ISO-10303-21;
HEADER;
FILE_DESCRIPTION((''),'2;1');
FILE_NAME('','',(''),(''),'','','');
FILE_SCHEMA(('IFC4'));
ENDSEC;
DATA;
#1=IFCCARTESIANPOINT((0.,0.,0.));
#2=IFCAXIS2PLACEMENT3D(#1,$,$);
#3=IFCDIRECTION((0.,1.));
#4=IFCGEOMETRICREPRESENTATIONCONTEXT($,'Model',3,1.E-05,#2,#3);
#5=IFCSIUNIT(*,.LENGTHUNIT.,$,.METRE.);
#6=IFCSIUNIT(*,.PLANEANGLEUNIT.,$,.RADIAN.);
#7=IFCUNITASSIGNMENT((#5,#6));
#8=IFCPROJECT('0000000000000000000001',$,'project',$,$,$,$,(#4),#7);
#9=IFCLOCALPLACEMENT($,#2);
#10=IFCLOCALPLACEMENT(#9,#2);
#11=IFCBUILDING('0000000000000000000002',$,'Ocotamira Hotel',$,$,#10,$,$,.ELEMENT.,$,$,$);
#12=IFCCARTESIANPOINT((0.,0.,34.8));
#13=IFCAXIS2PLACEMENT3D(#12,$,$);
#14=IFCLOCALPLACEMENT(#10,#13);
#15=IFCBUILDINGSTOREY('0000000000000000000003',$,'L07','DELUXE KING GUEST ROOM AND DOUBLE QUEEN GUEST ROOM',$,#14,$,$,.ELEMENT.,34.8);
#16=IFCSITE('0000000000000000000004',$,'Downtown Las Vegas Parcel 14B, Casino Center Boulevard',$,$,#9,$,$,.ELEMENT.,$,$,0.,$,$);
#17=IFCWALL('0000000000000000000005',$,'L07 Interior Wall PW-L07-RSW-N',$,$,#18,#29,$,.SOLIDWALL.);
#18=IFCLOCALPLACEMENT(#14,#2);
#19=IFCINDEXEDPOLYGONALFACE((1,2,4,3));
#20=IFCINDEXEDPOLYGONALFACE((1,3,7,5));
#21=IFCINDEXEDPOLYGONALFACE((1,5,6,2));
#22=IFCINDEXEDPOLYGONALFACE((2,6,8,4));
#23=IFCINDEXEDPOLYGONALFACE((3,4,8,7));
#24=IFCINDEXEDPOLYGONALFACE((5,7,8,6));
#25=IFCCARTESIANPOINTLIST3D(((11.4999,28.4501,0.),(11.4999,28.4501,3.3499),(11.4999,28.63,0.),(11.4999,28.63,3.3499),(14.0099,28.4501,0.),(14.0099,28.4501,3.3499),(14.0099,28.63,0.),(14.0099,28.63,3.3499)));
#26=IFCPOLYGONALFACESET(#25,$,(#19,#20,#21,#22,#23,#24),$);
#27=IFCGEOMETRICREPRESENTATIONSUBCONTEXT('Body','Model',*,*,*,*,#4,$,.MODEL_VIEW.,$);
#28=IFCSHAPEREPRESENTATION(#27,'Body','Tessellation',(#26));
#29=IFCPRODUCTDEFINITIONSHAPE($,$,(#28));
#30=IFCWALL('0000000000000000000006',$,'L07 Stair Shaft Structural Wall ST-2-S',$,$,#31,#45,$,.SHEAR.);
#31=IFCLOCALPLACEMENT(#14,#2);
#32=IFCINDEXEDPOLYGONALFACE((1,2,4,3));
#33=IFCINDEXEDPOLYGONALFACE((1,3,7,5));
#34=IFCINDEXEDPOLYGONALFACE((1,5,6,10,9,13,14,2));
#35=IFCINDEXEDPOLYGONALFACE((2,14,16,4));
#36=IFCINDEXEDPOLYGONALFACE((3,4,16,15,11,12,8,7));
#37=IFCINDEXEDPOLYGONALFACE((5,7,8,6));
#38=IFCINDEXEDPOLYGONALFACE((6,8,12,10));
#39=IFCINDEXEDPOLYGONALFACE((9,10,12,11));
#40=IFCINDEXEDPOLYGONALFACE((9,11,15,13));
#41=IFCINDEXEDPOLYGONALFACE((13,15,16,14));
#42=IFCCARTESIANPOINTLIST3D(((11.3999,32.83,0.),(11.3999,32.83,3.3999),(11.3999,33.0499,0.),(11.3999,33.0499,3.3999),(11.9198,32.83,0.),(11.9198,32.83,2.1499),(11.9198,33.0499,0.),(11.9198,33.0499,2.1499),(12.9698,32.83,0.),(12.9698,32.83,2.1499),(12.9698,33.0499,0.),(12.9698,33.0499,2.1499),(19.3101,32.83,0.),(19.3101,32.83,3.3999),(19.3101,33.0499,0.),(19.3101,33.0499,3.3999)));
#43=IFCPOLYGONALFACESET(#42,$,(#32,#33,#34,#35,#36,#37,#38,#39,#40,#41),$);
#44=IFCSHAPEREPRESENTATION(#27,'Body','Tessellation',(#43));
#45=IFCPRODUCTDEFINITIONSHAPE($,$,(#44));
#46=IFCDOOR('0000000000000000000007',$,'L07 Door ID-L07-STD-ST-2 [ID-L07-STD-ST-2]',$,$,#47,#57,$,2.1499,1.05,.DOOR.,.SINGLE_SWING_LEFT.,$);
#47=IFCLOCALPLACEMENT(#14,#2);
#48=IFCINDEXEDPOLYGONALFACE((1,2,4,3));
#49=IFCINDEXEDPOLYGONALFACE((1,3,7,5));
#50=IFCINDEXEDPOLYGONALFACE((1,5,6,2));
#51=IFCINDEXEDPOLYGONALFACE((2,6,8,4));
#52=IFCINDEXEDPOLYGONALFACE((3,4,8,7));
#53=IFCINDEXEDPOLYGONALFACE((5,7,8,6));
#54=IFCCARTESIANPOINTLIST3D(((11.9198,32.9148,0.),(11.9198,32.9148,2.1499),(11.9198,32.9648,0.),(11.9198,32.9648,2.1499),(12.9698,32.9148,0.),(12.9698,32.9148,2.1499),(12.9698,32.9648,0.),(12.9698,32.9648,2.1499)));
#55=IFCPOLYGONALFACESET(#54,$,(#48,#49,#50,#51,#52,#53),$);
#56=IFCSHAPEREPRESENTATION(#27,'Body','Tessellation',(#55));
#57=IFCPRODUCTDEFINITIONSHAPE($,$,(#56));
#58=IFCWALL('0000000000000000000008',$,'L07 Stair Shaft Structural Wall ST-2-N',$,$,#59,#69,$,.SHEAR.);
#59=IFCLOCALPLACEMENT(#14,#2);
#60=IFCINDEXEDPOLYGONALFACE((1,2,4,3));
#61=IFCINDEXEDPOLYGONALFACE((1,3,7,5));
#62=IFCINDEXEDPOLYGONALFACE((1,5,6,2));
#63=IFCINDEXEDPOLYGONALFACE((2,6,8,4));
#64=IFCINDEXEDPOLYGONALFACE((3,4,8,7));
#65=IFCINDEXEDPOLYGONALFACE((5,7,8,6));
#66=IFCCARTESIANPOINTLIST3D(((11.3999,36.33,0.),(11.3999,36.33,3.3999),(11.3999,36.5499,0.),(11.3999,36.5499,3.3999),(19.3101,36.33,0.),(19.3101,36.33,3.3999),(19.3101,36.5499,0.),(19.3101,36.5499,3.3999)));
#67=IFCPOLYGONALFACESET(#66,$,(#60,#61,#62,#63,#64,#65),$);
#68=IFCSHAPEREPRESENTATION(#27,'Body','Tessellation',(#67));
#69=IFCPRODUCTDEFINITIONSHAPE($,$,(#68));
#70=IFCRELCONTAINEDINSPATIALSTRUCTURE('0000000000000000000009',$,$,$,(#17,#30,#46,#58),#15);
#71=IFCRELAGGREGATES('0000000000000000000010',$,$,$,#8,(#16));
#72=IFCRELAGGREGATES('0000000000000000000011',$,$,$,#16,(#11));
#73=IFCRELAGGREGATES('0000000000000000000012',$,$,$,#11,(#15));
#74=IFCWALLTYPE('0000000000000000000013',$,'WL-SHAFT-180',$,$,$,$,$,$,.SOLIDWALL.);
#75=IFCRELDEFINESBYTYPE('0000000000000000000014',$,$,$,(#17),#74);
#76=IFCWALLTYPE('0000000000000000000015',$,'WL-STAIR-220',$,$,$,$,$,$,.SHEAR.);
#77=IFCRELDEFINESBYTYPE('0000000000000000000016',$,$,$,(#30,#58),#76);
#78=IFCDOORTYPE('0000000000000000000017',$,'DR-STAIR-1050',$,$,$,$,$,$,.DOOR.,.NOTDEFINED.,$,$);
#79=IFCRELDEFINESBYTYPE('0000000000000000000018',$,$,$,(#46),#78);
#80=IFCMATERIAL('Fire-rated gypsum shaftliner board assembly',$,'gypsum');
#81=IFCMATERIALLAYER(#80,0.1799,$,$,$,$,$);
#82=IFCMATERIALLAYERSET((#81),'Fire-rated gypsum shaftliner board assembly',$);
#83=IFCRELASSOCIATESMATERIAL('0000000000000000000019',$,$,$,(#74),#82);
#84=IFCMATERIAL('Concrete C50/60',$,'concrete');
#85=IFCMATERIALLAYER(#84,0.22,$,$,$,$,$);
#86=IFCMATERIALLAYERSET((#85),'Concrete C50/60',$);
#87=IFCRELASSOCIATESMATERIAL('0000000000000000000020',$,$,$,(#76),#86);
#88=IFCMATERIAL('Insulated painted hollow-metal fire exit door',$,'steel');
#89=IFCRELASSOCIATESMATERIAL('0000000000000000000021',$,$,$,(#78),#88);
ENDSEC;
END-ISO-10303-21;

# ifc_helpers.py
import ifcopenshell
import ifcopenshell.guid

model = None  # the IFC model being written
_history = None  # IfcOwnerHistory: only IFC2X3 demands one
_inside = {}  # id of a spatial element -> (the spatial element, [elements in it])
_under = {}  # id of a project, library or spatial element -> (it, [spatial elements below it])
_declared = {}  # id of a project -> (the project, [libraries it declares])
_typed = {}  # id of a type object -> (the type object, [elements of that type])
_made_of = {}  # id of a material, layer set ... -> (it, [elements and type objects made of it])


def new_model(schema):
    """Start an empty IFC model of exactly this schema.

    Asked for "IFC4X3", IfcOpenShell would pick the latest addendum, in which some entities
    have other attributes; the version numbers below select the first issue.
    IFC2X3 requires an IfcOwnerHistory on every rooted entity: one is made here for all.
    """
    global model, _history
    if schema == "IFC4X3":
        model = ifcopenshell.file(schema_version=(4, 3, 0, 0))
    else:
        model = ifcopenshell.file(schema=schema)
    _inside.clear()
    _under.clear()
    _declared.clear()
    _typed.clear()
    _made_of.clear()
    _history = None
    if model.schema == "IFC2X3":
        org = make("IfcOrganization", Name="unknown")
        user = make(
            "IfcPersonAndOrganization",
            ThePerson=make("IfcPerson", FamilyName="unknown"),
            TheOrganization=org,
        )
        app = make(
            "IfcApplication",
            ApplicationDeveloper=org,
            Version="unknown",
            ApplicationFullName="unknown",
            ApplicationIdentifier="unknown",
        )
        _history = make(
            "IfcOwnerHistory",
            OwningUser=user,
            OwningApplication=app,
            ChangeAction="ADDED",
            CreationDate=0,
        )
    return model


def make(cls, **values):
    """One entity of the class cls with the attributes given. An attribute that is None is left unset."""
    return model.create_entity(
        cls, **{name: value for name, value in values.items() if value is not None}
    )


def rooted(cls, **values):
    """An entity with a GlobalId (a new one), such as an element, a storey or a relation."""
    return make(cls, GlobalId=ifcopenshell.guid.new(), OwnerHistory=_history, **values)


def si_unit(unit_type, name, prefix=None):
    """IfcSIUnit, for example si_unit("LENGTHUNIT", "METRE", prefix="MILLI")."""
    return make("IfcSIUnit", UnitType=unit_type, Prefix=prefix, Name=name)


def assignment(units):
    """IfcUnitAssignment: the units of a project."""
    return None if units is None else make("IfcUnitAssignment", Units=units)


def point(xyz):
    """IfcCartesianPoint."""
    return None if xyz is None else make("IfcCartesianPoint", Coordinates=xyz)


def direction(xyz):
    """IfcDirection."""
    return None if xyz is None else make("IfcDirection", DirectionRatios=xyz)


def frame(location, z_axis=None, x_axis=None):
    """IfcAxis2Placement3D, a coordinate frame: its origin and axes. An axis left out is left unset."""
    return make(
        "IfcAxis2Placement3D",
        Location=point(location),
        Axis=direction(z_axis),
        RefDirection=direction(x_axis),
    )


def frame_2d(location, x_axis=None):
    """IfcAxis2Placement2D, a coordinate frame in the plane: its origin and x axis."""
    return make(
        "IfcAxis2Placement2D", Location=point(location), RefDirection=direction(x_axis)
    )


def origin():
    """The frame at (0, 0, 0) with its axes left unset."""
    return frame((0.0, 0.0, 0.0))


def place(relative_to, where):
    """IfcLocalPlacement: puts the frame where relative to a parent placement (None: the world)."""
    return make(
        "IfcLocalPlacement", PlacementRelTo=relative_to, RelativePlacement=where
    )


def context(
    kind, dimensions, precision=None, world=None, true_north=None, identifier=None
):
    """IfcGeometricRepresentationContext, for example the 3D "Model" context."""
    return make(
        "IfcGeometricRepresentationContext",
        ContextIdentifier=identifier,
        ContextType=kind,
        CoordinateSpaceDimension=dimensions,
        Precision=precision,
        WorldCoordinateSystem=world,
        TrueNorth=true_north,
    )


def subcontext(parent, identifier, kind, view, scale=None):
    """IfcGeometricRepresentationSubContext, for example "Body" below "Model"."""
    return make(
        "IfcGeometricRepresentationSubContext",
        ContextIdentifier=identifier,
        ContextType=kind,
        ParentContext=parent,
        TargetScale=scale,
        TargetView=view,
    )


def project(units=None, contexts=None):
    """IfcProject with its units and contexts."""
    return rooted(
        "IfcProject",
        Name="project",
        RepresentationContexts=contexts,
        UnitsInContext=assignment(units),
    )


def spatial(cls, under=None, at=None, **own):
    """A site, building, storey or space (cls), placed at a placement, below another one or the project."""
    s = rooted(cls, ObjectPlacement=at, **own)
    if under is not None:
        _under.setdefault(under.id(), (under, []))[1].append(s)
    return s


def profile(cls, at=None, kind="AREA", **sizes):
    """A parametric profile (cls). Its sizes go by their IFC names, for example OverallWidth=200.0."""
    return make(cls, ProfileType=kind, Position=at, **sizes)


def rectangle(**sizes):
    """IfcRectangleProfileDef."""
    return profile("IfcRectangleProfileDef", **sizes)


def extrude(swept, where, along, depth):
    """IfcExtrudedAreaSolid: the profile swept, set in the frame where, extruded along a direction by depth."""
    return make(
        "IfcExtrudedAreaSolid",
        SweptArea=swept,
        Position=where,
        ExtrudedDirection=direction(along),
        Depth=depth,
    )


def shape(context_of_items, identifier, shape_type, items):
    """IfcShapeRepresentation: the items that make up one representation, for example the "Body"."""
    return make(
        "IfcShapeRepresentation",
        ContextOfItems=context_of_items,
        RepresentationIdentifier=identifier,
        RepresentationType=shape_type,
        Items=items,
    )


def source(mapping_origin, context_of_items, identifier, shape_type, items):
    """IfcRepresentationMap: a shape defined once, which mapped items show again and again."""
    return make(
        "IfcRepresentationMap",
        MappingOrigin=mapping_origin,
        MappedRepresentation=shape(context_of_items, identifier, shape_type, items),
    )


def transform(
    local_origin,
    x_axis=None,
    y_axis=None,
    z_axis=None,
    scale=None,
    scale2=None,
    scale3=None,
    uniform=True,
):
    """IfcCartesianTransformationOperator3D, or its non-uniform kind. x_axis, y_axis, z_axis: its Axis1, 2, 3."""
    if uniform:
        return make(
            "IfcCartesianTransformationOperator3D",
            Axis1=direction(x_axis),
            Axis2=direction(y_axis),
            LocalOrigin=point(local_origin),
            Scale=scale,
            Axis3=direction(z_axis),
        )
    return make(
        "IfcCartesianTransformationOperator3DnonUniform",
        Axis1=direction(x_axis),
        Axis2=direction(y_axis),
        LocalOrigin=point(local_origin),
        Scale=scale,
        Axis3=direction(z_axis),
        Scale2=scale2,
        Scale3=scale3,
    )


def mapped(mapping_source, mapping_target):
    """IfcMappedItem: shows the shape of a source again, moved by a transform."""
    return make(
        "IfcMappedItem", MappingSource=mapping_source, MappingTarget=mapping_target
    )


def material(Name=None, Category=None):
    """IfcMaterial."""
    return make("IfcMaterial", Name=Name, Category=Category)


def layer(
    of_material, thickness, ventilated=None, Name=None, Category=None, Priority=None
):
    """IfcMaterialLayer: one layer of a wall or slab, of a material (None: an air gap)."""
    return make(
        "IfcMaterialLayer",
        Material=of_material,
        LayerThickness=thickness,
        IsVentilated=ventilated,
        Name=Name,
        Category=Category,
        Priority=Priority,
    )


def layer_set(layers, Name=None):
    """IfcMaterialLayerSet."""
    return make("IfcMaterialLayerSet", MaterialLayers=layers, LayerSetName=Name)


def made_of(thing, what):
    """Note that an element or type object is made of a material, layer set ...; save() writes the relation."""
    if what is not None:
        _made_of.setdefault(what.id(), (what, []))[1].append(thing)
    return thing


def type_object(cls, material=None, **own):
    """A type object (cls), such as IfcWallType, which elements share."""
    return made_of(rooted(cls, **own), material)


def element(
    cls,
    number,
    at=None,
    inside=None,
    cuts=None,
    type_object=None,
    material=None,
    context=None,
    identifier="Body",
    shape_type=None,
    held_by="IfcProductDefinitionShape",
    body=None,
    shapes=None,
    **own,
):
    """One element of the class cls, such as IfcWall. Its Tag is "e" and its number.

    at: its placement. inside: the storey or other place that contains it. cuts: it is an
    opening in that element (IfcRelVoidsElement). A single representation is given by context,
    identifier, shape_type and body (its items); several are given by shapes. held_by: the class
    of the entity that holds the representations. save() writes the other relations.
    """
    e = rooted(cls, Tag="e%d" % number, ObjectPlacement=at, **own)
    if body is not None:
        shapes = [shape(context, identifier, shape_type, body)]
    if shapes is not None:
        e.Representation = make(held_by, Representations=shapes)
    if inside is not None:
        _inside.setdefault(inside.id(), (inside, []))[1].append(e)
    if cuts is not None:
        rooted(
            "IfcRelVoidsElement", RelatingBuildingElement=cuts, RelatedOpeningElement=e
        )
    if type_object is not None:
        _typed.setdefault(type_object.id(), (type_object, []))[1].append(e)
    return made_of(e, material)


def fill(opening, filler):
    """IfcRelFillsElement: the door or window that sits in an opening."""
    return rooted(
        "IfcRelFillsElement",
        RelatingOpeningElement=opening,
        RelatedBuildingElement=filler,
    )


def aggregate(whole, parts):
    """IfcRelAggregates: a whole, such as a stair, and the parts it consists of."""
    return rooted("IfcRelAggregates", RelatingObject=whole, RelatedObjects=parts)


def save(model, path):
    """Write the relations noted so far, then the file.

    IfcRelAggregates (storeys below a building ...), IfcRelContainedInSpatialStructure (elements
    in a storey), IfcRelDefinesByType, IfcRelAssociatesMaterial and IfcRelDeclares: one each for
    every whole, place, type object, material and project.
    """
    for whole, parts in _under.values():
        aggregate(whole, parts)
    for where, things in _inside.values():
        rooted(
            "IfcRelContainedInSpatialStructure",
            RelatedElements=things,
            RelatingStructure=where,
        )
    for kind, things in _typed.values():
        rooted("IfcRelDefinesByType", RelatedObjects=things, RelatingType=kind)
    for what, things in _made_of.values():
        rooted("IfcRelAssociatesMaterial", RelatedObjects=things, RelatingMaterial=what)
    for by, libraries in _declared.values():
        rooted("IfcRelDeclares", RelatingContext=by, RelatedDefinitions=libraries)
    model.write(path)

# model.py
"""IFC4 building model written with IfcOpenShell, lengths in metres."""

from ifc_helpers import new_model, si_unit, direction, frame, frame_2d, origin, place, context, subcontext, project, spatial, rectangle, extrude, source, transform, mapped, material, layer, layer_set, type_object, element, fill, save


model = new_model("IFC4")

# Units and contexts
model_context = context("Model", 3, precision=1e-05, world=origin(), true_north=direction((0.0, 1.0)))
body_context = subcontext(model_context, "Body", "Model", "MODEL_VIEW")
ifc_project = project(units=[si_unit("LENGTHUNIT", "METRE"), si_unit("PLANEANGLEUNIT", "RADIAN")], contexts=[model_context])

# Site, building, storey
site_placement = place(None, origin())
site = spatial("IfcSite", under=ifc_project, at=site_placement, Name="Downtown Las Vegas Parcel 14B, Casino Center Boulevard", CompositionType="ELEMENT", RefElevation=0.0)
building_placement = place(site_placement, origin())
building = spatial("IfcBuilding", under=site, at=building_placement, Name="Ocotamira Hotel", CompositionType="ELEMENT")
storey_placement = place(building_placement, frame((0.0, 0.0, 34.8)))
storey = spatial("IfcBuildingStorey", under=building, at=storey_placement, Name="L07", Description="DELUXE KING GUEST ROOM AND DOUBLE QUEEN GUEST ROOM", CompositionType="ELEMENT", Elevation=34.8)

# Wall
ifc_material_1 = material(Name="Fire-rated gypsum shaftliner board assembly", Category="gypsum")
ifc_layer_1 = layer(ifc_material_1, 0.1799)
ifc_layer_set_1 = layer_set([ifc_layer_1], Name="Fire-rated gypsum shaftliner board assembly")
wall_type_1 = type_object("IfcWallType", Name="WL-SHAFT-180", PredefinedType="SOLIDWALL", material=ifc_layer_set_1)
for number, where, z_axis, x_axis, name in (
    (1, (11.5, 28.54, 0.0), (0.0, 0.0, 1.0), (1.0, 0.0, 0.0), "L07 Interior Wall PW-L07-RSW-N"),
):
    element("IfcWall", number, at=place(storey_placement, frame(where, z_axis=z_axis, x_axis=x_axis)), inside=storey, type_object=wall_type_1, Name=name, PredefinedType="SOLIDWALL", context=body_context, shape_type="SweptSolid", body=[
        extrude(rectangle(XDim=2.51, YDim=0.1799, at=frame_2d((1.2549, 0.0))), origin(), (0.0, 0.0, 1.0), 3.3499),
    ])

# Wall, opening, door
ifc_material_2 = material(Name="Concrete C50/60", Category="concrete")
ifc_layer_2 = layer(ifc_material_2, 0.22)
ifc_layer_set_2 = layer_set([ifc_layer_2], Name="Concrete C50/60")
wall_type_2 = type_object("IfcWallType", Name="WL-STAIR-220", PredefinedType="SHEAR", material=ifc_layer_set_2)
wall_1_placement = place(storey_placement, frame((11.3999, 32.9399, 0.0), z_axis=(0.0, 0.0, 1.0), x_axis=(1.0, 0.0, 0.0)))
wall_1 = element("IfcWall", 2, at=wall_1_placement, inside=storey, type_object=wall_type_2, Name="L07 Stair Shaft Structural Wall ST-2-S", PredefinedType="SHEAR", context=body_context, shape_type="SweptSolid", body=[
    extrude(rectangle(XDim=7.9102, YDim=0.22, at=frame_2d((3.9551, 0.0))), origin(), (0.0, 0.0, 1.0), 3.3999),
])
opening_1_placement = place(wall_1_placement, frame((0.52, 0.0, 0.0)))
opening_1 = element("IfcOpeningElement", 3, at=opening_1_placement, cuts=wall_1, PredefinedType="OPENING", context=body_context, shape_type="SweptSolid", body=[
    extrude(rectangle(XDim=1.05, YDim=2.1499, at=frame_2d((0.5249, 1.075))), frame((0.0, 0.1201, 0.0), z_axis=(0.0, -1.0, 0.0), x_axis=(1.0, 0.0, 0.0)), (0.0, 0.0, 1.0), 0.24),
])
ifc_material_3 = material(Name="Insulated painted hollow-metal fire exit door", Category="steel")
door_type_1 = type_object("IfcDoorType", Name="DR-STAIR-1050", OperationType="NOTDEFINED", PredefinedType="DOOR", material=ifc_material_3)
shared_shape_1 = source(origin(), body_context, "Body", "SweptSolid", [
    extrude(rectangle(XDim=1.05, YDim=2.1499, at=frame_2d((0.5249, 1.075))), frame((0.0, 0.0249, 0.0), z_axis=(0.0, -1.0, 0.0), x_axis=(1.0, 0.0, 0.0)), (0.0, 0.0, 1.0), 0.05),
])
door_1_placement = place(opening_1_placement, origin())
door_1 = element("IfcDoor", 4, at=door_1_placement, inside=storey, type_object=door_type_1, Name="L07 Door ID-L07-STD-ST-2 [ID-L07-STD-ST-2]", OperationType="SINGLE_SWING_LEFT", OverallHeight=2.1499, OverallWidth=1.05, PredefinedType="DOOR", context=body_context, shape_type="MappedRepresentation", body=[
    mapped(shared_shape_1, transform((0.0, 0.0, 0.0), scale=1.0)),
])
fill(opening_1, door_1)

# Wall
wall_2_placement = place(storey_placement, frame((11.3999, 36.4399, 0.0), z_axis=(0.0, 0.0, 1.0), x_axis=(1.0, 0.0, 0.0)))
element("IfcWall", 5, at=wall_2_placement, inside=storey, type_object=wall_type_2, Name="L07 Stair Shaft Structural Wall ST-2-N", PredefinedType="SHEAR", context=body_context, shape_type="SweptSolid", body=[
    extrude(rectangle(XDim=7.9102, YDim=0.22, at=frame_2d((3.9551, 0.0))), origin(), (0.0, 0.0, 1.0), 3.3999),
])

save(model, "model.ifc")
